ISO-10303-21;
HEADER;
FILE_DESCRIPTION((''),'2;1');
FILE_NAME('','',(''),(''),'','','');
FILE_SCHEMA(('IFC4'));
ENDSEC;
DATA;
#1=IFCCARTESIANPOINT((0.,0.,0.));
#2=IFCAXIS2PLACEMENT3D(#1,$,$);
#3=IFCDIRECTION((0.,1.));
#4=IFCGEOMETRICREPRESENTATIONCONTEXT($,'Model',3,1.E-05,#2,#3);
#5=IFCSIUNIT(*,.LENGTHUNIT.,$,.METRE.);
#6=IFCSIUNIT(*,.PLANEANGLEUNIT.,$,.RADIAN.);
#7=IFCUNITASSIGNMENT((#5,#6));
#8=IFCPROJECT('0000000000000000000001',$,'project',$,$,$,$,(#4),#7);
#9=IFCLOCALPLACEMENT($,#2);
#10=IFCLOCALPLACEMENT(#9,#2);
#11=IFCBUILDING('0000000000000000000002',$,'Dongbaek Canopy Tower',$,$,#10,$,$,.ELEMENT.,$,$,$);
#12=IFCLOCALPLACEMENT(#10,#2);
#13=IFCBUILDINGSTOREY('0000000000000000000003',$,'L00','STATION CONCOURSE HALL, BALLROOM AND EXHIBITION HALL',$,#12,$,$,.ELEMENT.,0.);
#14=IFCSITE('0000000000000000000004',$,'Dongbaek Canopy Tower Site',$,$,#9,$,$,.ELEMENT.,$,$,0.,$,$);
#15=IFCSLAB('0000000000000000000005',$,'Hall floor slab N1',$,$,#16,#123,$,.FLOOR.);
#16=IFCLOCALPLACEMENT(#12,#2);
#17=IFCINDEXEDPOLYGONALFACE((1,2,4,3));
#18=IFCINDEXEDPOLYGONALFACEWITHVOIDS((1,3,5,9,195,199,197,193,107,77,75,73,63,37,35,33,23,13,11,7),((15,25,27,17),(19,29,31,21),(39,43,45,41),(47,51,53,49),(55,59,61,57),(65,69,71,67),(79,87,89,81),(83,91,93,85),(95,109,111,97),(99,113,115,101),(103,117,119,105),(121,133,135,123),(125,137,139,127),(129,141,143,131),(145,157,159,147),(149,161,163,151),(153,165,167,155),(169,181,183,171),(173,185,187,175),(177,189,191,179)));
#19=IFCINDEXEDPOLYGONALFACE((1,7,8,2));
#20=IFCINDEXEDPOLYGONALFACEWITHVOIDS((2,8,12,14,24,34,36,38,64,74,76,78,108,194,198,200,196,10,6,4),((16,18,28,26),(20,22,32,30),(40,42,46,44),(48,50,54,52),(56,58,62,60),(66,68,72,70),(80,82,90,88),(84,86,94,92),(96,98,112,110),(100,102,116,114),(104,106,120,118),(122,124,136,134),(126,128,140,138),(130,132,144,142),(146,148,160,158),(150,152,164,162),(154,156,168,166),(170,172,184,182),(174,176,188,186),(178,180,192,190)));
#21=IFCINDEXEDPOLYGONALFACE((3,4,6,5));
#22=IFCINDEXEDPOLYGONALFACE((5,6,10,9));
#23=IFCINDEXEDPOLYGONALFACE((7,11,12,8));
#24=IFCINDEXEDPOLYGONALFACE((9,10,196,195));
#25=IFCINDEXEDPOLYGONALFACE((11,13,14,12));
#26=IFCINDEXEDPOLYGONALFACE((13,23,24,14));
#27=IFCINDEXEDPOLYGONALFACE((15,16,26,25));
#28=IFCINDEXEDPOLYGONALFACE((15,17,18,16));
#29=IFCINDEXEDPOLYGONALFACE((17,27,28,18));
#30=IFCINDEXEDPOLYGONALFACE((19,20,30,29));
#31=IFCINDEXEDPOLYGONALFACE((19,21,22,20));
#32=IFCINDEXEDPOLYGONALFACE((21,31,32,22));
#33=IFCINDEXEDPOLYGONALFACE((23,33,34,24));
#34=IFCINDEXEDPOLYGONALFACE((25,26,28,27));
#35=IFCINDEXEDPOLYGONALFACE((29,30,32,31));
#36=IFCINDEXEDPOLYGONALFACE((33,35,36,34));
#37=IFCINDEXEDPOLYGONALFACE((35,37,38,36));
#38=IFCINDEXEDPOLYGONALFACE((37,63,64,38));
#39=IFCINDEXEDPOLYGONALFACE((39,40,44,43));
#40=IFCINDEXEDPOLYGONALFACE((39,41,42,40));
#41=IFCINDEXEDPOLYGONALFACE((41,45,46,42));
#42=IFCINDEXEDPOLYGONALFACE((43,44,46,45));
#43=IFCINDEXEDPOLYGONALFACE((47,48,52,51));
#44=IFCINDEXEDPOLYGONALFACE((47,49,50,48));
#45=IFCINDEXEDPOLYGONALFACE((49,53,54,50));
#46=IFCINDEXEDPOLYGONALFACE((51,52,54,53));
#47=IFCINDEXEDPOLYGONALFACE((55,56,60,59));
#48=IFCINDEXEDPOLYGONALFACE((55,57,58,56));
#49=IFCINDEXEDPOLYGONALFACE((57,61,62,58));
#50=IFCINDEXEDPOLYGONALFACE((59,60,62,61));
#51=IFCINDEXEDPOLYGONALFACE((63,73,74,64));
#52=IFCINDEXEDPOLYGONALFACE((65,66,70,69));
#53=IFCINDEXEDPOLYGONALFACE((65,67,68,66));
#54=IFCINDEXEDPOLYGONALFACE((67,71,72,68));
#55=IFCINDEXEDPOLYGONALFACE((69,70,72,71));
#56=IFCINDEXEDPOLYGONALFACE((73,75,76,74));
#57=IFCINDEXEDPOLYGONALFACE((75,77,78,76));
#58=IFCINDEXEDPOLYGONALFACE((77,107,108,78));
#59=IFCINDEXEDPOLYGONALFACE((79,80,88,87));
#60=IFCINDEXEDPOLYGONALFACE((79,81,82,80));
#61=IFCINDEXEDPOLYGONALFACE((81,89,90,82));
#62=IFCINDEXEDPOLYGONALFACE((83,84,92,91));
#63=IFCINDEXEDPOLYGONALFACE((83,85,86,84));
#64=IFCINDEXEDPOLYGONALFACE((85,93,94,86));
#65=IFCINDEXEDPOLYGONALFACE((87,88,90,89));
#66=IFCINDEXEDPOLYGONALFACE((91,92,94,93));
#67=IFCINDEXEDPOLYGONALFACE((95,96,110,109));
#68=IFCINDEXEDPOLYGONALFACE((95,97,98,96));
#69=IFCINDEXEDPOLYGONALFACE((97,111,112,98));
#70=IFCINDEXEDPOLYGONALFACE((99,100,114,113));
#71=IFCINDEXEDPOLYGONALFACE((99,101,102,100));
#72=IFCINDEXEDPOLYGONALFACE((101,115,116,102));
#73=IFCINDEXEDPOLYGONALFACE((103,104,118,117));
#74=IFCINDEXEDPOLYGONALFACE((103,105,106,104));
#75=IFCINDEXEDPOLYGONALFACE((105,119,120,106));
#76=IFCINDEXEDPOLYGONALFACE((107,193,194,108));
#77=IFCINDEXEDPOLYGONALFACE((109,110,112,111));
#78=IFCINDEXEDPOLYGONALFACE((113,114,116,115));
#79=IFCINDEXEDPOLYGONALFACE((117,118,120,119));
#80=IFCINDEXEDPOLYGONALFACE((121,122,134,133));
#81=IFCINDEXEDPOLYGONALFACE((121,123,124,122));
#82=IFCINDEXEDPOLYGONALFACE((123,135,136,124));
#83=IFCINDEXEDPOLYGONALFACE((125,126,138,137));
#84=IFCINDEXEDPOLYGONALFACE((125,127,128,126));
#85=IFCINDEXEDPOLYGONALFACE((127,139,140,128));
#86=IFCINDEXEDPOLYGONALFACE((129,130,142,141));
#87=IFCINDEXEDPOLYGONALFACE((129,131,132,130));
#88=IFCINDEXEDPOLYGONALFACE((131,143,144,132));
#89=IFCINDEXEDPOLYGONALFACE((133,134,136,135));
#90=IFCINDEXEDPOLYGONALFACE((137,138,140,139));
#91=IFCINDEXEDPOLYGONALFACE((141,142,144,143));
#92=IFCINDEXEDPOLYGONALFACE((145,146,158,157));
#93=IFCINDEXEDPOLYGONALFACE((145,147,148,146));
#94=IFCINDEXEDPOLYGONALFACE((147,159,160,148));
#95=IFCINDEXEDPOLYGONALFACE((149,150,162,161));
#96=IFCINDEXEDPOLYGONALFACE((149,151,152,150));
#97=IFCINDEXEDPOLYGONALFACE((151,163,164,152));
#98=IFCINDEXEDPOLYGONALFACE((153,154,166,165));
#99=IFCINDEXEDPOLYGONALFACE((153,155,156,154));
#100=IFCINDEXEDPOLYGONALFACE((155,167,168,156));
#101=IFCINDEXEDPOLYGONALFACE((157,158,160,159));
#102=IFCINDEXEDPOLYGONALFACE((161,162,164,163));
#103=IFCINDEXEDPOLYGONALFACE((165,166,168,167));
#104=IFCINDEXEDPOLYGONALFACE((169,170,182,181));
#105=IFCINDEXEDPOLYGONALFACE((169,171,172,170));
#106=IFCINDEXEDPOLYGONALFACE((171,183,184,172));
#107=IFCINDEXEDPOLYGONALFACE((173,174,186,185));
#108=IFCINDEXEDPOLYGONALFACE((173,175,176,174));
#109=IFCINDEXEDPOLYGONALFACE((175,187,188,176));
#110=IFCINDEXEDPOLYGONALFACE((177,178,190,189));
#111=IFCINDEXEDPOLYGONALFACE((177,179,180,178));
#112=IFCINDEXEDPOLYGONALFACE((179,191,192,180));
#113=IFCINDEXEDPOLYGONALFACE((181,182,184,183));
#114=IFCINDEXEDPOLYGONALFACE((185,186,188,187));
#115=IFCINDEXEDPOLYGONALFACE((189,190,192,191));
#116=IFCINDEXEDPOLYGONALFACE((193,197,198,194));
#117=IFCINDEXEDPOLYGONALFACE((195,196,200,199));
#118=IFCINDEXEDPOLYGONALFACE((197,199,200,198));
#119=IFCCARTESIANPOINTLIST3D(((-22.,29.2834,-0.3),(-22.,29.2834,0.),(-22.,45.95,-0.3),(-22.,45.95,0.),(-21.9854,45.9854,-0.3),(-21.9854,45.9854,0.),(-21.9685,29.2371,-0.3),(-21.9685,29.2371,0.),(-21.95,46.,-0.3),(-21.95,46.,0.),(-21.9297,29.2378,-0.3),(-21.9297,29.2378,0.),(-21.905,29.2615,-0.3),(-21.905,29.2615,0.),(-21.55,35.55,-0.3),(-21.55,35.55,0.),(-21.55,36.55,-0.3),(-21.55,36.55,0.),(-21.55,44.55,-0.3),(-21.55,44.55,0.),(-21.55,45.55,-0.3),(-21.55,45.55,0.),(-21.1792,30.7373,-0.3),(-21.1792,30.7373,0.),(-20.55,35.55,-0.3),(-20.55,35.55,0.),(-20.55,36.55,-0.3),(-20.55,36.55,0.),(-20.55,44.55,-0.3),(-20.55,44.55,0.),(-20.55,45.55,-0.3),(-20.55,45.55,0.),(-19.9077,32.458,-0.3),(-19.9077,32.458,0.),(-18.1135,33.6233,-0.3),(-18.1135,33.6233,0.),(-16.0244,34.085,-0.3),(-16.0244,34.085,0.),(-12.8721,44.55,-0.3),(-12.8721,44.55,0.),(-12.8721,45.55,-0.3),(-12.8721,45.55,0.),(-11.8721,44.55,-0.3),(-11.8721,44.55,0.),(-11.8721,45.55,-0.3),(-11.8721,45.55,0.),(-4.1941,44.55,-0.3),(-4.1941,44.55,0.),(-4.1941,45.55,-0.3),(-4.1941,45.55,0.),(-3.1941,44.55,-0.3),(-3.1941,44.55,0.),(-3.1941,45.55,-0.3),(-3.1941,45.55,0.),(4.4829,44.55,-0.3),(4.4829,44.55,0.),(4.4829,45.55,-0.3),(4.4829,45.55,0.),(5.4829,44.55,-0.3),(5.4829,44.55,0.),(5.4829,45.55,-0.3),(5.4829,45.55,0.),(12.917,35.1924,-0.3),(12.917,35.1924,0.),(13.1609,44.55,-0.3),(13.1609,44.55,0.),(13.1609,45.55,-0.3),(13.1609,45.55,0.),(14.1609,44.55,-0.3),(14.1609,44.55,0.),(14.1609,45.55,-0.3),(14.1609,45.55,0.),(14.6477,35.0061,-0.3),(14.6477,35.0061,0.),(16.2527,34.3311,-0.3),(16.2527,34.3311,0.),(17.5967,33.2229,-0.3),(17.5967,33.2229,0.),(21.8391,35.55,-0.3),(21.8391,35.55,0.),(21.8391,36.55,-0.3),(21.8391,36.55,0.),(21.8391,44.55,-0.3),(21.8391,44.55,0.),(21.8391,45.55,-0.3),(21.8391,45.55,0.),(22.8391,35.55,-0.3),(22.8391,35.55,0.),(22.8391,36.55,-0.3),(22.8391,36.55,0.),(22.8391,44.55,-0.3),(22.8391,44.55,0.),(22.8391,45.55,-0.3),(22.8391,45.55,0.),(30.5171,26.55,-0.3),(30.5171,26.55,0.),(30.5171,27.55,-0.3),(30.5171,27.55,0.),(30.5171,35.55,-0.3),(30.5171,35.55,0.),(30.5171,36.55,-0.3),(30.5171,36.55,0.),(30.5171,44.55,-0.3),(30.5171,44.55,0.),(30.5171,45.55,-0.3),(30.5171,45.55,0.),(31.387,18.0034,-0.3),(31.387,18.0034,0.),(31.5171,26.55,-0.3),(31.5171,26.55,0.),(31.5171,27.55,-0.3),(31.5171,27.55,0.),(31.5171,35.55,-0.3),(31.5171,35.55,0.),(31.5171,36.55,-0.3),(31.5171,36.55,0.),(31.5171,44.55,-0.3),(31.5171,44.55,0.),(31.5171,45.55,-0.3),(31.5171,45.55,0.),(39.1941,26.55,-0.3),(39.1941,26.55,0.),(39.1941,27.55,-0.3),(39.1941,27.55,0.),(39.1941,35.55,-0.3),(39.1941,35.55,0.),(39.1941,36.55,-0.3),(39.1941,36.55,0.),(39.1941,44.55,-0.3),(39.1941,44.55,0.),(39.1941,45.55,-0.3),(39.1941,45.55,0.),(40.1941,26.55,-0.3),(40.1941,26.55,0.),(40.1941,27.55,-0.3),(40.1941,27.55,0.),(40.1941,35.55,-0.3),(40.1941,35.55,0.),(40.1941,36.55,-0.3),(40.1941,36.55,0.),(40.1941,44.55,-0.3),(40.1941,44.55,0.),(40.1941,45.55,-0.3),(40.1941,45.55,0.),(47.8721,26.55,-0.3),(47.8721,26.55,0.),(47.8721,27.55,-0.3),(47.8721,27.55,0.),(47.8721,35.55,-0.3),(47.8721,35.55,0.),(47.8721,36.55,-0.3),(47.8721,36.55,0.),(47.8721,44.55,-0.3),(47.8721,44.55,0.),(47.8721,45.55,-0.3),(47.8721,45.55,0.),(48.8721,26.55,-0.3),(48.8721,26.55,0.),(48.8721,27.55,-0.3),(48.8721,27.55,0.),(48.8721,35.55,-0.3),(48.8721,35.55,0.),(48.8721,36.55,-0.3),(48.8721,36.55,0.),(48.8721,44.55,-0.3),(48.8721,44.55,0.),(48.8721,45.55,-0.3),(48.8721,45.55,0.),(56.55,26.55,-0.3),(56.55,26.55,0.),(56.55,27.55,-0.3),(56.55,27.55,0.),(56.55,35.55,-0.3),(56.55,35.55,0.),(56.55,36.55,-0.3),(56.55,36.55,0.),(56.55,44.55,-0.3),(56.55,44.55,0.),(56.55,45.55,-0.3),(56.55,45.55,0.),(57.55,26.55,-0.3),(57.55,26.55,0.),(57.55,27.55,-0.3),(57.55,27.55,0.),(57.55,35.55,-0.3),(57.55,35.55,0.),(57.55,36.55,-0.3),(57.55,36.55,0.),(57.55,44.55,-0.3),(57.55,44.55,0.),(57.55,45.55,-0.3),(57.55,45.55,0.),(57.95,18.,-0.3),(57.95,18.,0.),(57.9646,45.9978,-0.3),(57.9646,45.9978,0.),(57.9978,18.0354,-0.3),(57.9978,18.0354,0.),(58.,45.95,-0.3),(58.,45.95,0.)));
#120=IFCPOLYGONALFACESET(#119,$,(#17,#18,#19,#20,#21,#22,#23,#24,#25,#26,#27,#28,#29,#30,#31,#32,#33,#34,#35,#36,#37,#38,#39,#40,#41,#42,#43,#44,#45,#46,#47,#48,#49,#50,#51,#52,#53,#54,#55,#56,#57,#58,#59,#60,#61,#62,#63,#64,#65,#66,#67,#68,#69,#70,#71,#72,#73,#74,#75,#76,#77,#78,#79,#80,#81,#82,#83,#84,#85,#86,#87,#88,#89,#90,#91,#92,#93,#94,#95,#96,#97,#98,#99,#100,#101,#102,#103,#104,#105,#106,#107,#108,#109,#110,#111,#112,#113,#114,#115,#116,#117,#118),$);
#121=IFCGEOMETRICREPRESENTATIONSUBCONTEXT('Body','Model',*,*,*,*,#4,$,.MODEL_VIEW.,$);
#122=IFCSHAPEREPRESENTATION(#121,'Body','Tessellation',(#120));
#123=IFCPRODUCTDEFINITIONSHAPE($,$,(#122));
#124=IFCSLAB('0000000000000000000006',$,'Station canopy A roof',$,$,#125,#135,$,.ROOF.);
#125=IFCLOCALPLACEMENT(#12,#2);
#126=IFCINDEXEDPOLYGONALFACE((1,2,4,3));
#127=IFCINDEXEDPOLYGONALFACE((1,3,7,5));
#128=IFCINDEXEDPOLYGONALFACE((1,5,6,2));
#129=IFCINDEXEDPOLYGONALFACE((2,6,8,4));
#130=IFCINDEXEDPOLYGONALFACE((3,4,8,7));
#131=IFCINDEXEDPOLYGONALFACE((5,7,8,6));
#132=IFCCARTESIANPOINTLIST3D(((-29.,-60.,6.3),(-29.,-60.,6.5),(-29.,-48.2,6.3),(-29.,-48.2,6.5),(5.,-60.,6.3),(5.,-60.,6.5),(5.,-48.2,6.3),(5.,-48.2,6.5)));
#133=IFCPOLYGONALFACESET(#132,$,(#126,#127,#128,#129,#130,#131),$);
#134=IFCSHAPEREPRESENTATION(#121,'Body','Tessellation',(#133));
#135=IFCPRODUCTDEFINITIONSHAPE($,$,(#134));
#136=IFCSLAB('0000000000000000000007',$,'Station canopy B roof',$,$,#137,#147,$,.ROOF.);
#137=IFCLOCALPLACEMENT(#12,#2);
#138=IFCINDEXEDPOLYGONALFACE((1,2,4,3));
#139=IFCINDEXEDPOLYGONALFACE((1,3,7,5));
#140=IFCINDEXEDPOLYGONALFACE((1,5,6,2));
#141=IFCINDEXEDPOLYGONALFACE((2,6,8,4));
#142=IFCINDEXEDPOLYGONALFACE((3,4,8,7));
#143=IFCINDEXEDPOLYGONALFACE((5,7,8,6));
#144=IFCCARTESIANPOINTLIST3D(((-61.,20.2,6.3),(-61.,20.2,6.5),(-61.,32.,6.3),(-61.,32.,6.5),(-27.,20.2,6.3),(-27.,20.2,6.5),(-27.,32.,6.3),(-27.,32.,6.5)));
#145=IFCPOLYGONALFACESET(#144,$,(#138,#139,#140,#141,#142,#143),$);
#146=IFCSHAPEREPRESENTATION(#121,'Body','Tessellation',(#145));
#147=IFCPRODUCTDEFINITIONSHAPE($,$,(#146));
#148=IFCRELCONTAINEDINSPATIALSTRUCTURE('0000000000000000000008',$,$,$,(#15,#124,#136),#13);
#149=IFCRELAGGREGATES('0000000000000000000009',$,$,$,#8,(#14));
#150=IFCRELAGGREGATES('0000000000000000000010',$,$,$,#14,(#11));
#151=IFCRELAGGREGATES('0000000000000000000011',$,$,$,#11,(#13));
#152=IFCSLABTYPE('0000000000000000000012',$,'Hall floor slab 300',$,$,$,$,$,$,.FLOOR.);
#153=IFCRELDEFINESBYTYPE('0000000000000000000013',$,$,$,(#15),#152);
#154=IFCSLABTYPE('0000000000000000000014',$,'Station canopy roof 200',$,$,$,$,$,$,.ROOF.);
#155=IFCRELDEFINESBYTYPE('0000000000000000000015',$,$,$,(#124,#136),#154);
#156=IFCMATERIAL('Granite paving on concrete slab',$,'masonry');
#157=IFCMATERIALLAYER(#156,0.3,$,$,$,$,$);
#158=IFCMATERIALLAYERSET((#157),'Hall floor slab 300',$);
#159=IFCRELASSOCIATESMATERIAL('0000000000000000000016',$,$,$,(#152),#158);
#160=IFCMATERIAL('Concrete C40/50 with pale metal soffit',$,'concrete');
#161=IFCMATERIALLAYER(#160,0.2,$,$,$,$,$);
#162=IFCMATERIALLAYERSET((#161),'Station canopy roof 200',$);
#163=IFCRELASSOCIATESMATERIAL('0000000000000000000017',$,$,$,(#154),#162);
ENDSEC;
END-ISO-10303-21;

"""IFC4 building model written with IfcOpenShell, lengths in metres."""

from ifc_helpers import new_model, si_unit, direction, frame, origin, place, context, subcontext, project, spatial, polyline, outline, extrude, material, layer, layer_set, type_object, element, save


model = new_model("IFC4")

# Units and contexts
model_context = context("Model", 3, precision=1e-05, world=origin(), true_north=direction((0.0, 1.0)))
body_context = subcontext(model_context, "Body", "Model", "MODEL_VIEW")
ifc_project = project(units=[si_unit("LENGTHUNIT", "METRE"), si_unit("PLANEANGLEUNIT", "RADIAN")], contexts=[model_context])

# Site, building, storey
site_placement = place(None, origin())
site = spatial("IfcSite", under=ifc_project, at=site_placement, Name="Dongbaek Canopy Tower Site", CompositionType="ELEMENT", RefElevation=0.0)
building_placement = place(site_placement, origin())
building = spatial("IfcBuilding", under=site, at=building_placement, Name="Dongbaek Canopy Tower", CompositionType="ELEMENT")
storey_placement = place(building_placement, origin())
storey = spatial("IfcBuildingStorey", under=building, at=storey_placement, Name="L00", Description="STATION CONCOURSE HALL, BALLROOM AND EXHIBITION HALL", CompositionType="ELEMENT", Elevation=0.0)

# Slabs
ifc_material_1 = material(Name="Granite paving on concrete slab", Category="masonry")
ifc_layer_1 = layer(ifc_material_1, 0.3)
ifc_layer_set_1 = layer_set([ifc_layer_1], Name="Hall floor slab 300")
slab_type_1 = type_object("IfcSlabType", Name="Hall floor slab 300", PredefinedType="FLOOR", material=ifc_layer_set_1)
slab_1_placement = place(storey_placement, frame((0.0, 0.0, -0.3)))
element("IfcSlab", 1, at=slab_1_placement, inside=storey, type_object=slab_type_1, Name="Hall floor slab N1", PredefinedType="FLOOR", context=body_context, shape_type="SweptSolid", body=[
    extrude(outline(polyline([(-22.0, 45.95), (-21.9854, 45.9854), (-21.95, 46.0), (57.9646, 45.9978), (58.0, 45.95), (57.9978, 18.0354), (57.95, 18.0), (31.387, 18.0034), (17.5967, 33.2229), (16.2527, 34.3311), (14.6477, 35.0061), (12.917, 35.1924), (-16.0244, 34.085), (-18.1135, 33.6233), (-19.9077, 32.458), (-21.1792, 30.7373), (-21.905, 29.2615), (-21.9297, 29.2378), (-21.9685, 29.2371), (-22.0, 29.2834), (-22.0, 45.95)]), holes=[polyline([(-21.55, 44.55), (-20.55, 44.55), (-20.55, 45.55), (-21.55, 45.55), (-21.55, 44.55)]), polyline([(-12.8721, 45.55), (-12.8721, 44.55), (-11.8721, 44.55), (-11.8721, 45.55), (-12.8721, 45.55)]), polyline([(-3.1941, 45.55), (-4.1941, 45.55), (-4.1941, 44.55), (-3.1941, 44.55), (-3.1941, 45.55)]), polyline([(5.4829, 44.55), (5.4829, 45.55), (4.4829, 45.55), (4.4829, 44.55), (5.4829, 44.55)]), polyline([(13.1609, 44.55), (14.1609, 44.55), (14.1609, 45.55), (13.1609, 45.55), (13.1609, 44.55)]), polyline([(21.8391, 45.55), (21.8391, 44.55), (22.8391, 44.55), (22.8391, 45.55), (21.8391, 45.55)]), polyline([(31.5171, 45.55), (30.5171, 45.55), (30.5171, 44.55), (31.5171, 44.55), (31.5171, 45.55)]), polyline([(40.1941, 44.55), (40.1941, 45.55), (39.1941, 45.55), (39.1941, 44.55), (40.1941, 44.55)]), polyline([(47.8721, 44.55), (48.8721, 44.55), (48.8721, 45.55), (47.8721, 45.55), (47.8721, 44.55)]), polyline([(56.55, 45.55), (56.55, 44.55), (57.55, 44.55), (57.55, 45.55), (56.55, 45.55)]), polyline([(-20.55, 36.55), (-21.55, 36.55), (-21.55, 35.55), (-20.55, 35.55), (-20.55, 36.55)]), polyline([(22.8391, 35.55), (22.8391, 36.55), (21.8391, 36.55), (21.8391, 35.55), (22.8391, 35.55)]), polyline([(30.5171, 35.55), (31.5171, 35.55), (31.5171, 36.55), (30.5171, 36.55), (30.5171, 35.55)]), polyline([(39.1941, 36.55), (39.1941, 35.55), (40.1941, 35.55), (40.1941, 36.55), (39.1941, 36.55)]), polyline([(48.8721, 36.55), (47.8721, 36.55), (47.8721, 35.55), (48.8721, 35.55), (48.8721, 36.55)]), polyline([(57.55, 35.55), (57.55, 36.55), (56.55, 36.55), (56.55, 35.55), (57.55, 35.55)]), polyline([(30.5171, 26.55), (31.5171, 26.55), (31.5171, 27.55), (30.5171, 27.55), (30.5171, 26.55)]), polyline([(39.1941, 27.55), (39.1941, 26.55), (40.1941, 26.55), (40.1941, 27.55), (39.1941, 27.55)]), polyline([(48.8721, 27.55), (47.8721, 27.55), (47.8721, 26.55), (48.8721, 26.55), (48.8721, 27.55)]), polyline([(57.55, 26.55), (57.55, 27.55), (56.55, 27.55), (56.55, 26.55), (57.55, 26.55)])]), origin(), (0.0, 0.0, 1.0), 0.3),
])
ifc_material_2 = material(Name="Concrete C40/50 with pale metal soffit", Category="concrete")
ifc_layer_2 = layer(ifc_material_2, 0.2)
ifc_layer_set_2 = layer_set([ifc_layer_2], Name="Station canopy roof 200")
slab_type_2 = type_object("IfcSlabType", Name="Station canopy roof 200", PredefinedType="ROOF", material=ifc_layer_set_2)
slab_2_placement = place(storey_placement, frame((0.0, 0.0, 6.3)))
element("IfcSlab", 2, at=slab_2_placement, inside=storey, type_object=slab_type_2, Name="Station canopy A roof", PredefinedType="ROOF", context=body_context, shape_type="SweptSolid", body=[
    extrude(outline(polyline([(-29.0, -60.0), (5.0, -60.0), (5.0, -48.2), (-29.0, -48.2), (-29.0, -60.0)])), origin(), (0.0, 0.0, 1.0), 0.2),
])
slab_3_placement = place(storey_placement, frame((0.0, 0.0, 6.3)))
element("IfcSlab", 3, at=slab_3_placement, inside=storey, type_object=slab_type_2, Name="Station canopy B roof", PredefinedType="ROOF", context=body_context, shape_type="SweptSolid", body=[
    extrude(outline(polyline([(-61.0, 20.2), (-27.0, 20.2), (-27.0, 32.0), (-61.0, 32.0), (-61.0, 20.2)])), origin(), (0.0, 0.0, 1.0), 0.2),
])

save(model, "model.ifc")
